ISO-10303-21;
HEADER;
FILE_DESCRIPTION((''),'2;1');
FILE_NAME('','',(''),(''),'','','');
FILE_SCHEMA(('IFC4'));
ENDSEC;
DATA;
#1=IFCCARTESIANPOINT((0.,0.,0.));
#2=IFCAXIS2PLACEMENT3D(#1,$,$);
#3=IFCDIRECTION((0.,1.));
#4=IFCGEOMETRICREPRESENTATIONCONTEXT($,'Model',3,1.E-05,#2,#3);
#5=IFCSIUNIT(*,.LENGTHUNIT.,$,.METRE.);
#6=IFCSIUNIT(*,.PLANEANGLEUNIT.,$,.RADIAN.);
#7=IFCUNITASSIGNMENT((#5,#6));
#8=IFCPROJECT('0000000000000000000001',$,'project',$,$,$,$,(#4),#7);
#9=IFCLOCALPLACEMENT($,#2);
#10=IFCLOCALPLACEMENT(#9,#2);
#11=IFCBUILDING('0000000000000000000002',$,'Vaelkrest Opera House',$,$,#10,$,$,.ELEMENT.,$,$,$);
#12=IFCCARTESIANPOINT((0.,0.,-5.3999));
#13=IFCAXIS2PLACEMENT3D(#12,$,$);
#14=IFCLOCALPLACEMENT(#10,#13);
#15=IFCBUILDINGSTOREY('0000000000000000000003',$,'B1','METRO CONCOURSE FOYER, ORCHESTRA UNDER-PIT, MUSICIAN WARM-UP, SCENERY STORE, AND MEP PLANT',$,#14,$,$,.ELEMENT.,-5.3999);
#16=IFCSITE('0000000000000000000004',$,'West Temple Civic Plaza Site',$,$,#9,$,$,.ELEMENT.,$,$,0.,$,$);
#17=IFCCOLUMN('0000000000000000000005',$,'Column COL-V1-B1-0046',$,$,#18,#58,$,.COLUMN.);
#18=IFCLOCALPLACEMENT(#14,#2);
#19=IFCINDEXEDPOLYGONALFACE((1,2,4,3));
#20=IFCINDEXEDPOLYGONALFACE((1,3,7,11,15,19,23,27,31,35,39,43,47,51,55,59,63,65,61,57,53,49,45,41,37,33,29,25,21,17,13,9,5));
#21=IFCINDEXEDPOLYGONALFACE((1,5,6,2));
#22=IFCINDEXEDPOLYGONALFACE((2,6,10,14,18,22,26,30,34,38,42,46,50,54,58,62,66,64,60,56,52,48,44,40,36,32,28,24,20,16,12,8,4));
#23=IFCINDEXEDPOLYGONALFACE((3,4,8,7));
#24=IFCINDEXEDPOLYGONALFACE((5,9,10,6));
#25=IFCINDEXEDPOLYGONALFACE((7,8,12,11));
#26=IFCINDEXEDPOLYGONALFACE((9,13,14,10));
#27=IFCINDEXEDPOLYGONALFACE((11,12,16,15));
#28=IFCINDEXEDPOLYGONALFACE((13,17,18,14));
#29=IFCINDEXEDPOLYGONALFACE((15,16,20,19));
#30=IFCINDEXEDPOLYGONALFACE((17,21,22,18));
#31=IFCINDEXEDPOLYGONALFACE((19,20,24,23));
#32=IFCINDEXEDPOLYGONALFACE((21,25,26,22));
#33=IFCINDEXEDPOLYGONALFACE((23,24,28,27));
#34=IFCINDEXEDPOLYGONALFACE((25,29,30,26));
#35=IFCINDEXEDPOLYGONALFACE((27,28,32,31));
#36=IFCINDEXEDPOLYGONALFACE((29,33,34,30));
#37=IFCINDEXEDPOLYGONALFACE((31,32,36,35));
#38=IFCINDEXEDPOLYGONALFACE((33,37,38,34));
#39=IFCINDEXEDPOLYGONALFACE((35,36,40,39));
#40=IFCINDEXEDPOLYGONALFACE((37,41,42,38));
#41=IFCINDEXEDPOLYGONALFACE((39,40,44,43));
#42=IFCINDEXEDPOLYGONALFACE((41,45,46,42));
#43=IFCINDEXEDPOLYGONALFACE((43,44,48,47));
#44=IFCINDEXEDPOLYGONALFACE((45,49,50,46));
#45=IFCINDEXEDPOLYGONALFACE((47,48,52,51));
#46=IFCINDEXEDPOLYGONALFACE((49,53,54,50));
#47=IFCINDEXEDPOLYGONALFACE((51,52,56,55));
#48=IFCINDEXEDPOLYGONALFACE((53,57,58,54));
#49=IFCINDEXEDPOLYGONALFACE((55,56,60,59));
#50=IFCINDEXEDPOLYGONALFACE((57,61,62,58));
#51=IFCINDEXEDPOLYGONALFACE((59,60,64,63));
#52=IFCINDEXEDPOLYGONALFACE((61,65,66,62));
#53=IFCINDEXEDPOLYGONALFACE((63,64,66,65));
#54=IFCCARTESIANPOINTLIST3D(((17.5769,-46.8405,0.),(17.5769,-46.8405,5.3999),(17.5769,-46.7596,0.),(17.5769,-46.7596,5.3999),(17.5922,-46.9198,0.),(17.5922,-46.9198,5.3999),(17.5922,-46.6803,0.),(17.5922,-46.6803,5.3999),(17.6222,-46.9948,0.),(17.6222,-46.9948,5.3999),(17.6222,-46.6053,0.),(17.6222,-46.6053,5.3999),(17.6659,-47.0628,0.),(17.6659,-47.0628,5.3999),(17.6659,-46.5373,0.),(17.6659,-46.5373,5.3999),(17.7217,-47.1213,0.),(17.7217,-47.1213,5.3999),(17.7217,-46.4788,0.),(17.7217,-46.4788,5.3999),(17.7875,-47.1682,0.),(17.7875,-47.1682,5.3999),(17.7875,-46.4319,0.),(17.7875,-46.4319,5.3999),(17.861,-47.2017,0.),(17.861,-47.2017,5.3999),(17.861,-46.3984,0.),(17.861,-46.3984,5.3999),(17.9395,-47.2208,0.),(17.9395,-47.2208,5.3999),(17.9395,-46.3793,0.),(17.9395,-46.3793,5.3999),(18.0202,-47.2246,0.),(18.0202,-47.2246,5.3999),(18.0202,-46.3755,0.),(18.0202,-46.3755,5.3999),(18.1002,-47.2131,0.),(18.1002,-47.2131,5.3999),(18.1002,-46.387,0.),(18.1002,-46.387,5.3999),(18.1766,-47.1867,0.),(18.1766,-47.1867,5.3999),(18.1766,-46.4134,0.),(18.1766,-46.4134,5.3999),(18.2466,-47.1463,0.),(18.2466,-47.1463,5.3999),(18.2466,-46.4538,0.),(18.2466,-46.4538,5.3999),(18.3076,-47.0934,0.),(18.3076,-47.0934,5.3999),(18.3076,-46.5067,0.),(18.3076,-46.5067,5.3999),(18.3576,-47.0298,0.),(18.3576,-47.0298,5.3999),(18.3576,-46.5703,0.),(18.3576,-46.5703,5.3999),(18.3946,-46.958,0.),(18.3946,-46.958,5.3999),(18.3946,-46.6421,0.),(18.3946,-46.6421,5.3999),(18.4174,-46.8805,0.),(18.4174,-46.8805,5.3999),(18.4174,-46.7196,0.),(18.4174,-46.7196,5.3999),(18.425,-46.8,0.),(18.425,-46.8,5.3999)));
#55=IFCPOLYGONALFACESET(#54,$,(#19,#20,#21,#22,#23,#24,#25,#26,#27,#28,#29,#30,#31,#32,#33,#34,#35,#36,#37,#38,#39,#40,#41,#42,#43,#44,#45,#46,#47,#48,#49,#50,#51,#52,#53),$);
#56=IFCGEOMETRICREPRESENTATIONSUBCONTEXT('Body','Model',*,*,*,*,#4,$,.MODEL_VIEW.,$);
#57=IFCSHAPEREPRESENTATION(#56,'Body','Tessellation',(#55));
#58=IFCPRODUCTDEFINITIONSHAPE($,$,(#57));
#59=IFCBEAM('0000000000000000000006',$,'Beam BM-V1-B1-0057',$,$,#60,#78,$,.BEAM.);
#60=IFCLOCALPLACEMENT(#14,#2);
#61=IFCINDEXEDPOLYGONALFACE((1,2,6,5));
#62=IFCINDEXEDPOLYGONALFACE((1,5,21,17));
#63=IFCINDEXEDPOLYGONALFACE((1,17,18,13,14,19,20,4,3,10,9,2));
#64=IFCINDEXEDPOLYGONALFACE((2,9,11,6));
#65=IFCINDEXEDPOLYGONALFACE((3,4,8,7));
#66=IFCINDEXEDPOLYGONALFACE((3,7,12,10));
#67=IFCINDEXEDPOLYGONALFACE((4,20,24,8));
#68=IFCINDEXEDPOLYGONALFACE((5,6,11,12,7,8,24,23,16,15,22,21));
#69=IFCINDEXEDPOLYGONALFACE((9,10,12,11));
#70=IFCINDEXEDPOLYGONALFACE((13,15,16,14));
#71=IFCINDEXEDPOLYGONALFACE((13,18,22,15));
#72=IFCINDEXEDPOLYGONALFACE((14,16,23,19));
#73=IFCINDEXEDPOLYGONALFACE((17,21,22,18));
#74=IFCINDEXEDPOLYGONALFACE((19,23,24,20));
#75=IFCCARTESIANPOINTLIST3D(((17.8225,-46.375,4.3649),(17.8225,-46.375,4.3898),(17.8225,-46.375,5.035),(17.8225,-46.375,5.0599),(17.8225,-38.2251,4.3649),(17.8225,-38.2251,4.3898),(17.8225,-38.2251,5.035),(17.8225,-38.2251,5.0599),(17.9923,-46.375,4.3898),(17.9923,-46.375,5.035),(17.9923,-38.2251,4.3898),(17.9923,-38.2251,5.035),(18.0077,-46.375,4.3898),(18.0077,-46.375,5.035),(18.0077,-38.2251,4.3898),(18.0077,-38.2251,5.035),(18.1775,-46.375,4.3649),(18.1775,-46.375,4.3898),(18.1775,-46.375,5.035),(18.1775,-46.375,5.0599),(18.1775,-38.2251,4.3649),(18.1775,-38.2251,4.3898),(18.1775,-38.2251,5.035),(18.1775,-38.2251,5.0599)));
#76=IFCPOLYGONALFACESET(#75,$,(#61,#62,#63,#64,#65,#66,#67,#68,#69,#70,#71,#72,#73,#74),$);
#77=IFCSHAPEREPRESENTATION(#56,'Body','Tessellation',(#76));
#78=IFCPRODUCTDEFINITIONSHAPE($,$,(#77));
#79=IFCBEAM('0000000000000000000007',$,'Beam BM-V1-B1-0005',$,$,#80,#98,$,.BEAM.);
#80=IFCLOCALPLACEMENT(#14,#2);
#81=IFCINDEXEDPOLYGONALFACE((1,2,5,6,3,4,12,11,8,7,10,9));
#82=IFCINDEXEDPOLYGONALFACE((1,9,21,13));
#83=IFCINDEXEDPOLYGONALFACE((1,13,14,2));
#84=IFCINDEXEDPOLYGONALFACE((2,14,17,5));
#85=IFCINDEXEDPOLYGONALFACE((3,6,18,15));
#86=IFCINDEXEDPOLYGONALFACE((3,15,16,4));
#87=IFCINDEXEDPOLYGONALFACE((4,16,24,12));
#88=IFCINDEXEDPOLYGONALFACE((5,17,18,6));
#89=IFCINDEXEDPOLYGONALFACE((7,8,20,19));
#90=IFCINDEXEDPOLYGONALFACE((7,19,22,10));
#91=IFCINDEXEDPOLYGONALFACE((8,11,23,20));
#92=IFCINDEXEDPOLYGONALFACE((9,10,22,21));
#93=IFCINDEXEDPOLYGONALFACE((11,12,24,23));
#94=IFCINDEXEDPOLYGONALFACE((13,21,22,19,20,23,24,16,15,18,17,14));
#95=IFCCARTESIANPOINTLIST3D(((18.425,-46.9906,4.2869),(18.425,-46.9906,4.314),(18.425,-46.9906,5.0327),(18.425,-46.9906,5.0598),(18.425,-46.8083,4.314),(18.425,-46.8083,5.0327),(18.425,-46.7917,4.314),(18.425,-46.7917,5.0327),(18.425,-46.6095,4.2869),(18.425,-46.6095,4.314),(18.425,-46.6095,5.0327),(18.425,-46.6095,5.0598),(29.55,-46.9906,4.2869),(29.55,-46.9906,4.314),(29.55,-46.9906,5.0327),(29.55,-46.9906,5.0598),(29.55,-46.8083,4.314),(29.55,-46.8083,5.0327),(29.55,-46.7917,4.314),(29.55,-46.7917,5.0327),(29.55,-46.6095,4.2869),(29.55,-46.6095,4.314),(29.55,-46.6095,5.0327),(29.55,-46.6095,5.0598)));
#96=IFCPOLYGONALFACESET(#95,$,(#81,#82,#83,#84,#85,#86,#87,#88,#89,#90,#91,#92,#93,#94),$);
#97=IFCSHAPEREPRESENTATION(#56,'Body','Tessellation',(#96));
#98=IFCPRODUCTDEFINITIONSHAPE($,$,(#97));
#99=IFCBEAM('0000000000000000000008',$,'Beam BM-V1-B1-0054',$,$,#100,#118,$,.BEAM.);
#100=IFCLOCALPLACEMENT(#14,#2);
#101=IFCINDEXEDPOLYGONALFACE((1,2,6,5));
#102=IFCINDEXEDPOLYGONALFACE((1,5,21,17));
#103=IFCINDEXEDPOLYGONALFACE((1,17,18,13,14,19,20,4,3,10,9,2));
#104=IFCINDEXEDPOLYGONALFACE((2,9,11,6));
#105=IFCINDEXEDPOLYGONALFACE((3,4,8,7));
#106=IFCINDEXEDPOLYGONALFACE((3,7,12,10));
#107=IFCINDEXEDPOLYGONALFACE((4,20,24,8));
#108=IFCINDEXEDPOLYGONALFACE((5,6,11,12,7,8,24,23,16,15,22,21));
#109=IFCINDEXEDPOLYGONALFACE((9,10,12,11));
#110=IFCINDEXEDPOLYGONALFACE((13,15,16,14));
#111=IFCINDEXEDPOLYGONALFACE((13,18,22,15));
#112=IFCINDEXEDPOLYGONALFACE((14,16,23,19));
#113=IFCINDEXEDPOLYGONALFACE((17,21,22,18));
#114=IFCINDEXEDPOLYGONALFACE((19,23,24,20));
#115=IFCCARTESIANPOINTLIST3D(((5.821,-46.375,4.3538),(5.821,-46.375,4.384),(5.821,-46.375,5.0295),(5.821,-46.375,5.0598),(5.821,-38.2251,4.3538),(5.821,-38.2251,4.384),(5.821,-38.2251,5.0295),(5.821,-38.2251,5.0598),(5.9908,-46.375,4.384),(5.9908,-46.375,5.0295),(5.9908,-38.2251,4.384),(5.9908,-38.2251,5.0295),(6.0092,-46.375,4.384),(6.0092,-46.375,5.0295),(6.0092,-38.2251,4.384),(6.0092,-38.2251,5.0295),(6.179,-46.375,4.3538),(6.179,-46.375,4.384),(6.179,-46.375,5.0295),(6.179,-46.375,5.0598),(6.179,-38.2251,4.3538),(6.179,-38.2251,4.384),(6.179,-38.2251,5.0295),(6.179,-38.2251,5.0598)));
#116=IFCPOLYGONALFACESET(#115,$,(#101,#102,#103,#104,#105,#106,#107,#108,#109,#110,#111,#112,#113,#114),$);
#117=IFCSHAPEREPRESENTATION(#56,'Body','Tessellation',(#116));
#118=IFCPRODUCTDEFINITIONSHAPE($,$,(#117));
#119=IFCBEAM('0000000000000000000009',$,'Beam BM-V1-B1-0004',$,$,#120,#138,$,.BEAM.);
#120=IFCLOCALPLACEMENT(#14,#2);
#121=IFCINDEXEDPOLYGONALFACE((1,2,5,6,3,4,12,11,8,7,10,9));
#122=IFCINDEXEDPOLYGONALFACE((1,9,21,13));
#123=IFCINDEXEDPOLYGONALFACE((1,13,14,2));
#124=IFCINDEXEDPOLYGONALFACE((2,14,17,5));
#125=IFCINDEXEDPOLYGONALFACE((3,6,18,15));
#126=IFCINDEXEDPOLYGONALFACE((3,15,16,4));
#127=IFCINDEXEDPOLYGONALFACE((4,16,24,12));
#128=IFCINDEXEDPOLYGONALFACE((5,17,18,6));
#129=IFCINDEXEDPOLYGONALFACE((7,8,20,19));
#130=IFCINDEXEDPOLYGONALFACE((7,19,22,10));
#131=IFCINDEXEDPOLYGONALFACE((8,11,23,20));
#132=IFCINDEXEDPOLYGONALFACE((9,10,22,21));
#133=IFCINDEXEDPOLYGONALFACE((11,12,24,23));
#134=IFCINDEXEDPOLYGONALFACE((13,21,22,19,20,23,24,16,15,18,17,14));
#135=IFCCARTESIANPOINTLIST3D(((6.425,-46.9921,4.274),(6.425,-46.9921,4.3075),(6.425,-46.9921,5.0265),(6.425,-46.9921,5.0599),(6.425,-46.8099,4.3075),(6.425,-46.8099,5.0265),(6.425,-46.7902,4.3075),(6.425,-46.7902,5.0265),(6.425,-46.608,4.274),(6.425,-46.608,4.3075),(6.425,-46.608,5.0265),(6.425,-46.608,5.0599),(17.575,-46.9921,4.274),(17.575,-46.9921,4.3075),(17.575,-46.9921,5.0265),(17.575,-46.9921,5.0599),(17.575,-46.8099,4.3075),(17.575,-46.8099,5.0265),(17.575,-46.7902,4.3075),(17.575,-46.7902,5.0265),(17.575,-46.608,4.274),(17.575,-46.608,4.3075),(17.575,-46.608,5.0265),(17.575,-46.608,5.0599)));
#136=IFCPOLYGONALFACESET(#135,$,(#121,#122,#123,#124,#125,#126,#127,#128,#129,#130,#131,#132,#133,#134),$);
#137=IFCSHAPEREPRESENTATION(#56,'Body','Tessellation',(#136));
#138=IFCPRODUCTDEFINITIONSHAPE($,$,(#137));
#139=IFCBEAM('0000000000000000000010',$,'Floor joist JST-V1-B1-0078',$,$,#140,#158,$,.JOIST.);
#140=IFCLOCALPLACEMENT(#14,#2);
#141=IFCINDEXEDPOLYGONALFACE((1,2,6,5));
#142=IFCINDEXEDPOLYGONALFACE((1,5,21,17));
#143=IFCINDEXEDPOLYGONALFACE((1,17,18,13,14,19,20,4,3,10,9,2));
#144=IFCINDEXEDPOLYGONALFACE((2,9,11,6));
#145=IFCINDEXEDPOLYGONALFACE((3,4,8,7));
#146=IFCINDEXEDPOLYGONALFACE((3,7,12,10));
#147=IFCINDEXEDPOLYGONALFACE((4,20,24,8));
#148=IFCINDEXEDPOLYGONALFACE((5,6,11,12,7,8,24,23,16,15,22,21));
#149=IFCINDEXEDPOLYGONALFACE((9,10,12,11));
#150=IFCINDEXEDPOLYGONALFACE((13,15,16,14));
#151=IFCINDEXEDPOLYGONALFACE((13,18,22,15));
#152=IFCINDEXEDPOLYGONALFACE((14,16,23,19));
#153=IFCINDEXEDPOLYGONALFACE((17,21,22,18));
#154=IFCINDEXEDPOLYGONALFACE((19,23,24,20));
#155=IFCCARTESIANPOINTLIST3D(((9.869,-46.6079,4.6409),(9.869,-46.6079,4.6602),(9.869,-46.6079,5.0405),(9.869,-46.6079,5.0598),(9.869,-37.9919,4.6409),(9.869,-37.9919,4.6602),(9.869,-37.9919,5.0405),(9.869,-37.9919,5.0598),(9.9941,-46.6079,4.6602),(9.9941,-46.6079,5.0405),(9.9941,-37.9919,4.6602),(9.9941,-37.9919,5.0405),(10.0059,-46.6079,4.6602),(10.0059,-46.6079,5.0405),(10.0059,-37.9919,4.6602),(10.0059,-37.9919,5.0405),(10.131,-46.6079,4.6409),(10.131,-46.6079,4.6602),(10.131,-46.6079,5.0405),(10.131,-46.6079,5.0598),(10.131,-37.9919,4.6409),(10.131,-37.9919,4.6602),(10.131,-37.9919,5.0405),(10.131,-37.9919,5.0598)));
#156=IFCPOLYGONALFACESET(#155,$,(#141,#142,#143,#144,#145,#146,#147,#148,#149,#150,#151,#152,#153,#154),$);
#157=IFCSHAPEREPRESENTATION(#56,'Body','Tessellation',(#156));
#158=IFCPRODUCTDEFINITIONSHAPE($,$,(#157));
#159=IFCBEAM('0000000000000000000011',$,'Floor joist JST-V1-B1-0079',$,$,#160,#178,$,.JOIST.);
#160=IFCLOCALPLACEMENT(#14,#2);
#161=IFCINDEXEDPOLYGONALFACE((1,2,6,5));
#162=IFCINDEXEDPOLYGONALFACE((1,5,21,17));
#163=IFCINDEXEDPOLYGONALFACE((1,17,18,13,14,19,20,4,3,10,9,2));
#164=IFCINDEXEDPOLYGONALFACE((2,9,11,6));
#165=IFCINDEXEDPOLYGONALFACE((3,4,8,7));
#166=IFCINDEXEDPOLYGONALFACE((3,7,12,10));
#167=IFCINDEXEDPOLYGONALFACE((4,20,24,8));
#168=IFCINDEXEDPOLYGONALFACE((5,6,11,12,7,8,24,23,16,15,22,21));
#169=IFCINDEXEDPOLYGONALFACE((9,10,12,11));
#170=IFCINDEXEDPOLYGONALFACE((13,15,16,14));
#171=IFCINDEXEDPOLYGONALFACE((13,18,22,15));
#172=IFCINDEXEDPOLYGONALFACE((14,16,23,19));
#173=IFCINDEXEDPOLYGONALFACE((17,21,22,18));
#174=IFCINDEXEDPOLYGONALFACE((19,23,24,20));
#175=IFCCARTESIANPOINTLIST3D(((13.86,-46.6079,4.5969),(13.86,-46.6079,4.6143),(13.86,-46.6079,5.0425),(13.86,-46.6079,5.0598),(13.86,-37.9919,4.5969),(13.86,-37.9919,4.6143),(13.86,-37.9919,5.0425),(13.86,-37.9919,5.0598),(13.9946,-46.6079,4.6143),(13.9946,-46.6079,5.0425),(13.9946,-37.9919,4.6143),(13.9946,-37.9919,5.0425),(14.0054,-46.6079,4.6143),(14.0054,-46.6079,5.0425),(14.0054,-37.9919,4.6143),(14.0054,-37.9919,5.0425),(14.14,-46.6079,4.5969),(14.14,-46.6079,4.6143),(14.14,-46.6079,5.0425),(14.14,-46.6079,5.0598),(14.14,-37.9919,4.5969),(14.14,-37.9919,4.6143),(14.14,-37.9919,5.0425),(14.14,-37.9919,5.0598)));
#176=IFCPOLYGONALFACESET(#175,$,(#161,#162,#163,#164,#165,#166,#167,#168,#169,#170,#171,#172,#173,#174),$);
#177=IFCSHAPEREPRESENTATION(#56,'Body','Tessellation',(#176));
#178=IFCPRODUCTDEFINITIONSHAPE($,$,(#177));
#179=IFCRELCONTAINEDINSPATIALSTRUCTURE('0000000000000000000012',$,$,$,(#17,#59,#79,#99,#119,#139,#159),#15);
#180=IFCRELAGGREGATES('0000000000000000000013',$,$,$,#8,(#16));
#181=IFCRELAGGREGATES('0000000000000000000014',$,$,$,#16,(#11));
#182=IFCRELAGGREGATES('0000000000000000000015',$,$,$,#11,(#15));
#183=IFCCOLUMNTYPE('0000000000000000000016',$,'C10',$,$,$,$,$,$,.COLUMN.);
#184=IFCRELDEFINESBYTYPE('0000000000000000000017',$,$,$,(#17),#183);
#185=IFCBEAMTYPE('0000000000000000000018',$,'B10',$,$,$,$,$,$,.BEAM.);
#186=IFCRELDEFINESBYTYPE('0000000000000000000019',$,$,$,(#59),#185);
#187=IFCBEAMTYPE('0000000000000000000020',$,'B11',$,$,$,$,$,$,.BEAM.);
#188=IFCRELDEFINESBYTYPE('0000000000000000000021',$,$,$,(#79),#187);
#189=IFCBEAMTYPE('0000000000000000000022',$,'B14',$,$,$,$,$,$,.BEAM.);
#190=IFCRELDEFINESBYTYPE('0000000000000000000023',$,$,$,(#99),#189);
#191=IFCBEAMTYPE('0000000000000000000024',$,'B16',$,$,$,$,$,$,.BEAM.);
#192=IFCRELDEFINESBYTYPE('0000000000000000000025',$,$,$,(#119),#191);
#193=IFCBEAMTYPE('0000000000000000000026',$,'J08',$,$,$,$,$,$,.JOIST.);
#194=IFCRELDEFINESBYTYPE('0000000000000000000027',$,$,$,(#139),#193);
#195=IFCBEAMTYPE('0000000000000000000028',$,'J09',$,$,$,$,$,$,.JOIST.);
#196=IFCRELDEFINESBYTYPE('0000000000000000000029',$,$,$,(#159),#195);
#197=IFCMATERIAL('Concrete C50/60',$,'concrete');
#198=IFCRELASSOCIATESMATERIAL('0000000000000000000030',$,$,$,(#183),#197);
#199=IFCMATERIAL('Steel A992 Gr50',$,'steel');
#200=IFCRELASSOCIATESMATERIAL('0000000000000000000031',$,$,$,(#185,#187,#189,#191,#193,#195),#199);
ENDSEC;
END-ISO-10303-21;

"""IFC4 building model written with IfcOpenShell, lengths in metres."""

from ifc_helpers import new_model, si_unit, direction, frame, origin, origin_2d, place, context, subcontext, project, spatial, circle, i_section, extrude, material, material_profile, profile_set, type_object, element, save


model = new_model("IFC4")

# Units and contexts
model_context = context("Model", 3, precision=1e-05, world=origin(), true_north=direction((0.0, 1.0)))
body_context = subcontext(model_context, "Body", "Model", "MODEL_VIEW")
ifc_project = project(units=[si_unit("LENGTHUNIT", "METRE"), si_unit("PLANEANGLEUNIT", "RADIAN")], contexts=[model_context])

# Site, building, storey
site_placement = place(None, origin())
site = spatial("IfcSite", under=ifc_project, at=site_placement, Name="West Temple Civic Plaza Site", CompositionType="ELEMENT", RefElevation=0.0)
building_placement = place(site_placement, origin())
building = spatial("IfcBuilding", under=site, at=building_placement, Name="Vaelkrest Opera House", CompositionType="ELEMENT")
storey_placement = place(building_placement, frame((0.0, 0.0, -5.3999)))
storey = spatial("IfcBuildingStorey", under=building, at=storey_placement, Name="B1", Description="METRO CONCOURSE FOYER, ORCHESTRA UNDER-PIT, MUSICIAN WARM-UP, SCENERY STORE, AND MEP PLANT", CompositionType="ELEMENT", Elevation=-5.3999)

# Column
ifc_material_1 = material(Name="Concrete C50/60", Category="concrete")
ifc_material_profile_1 = material_profile(ifc_material_1, circle(Radius=0.425, at=origin_2d()), Name="RCD850")
ifc_profile_set_1 = profile_set([ifc_material_profile_1], Name="Concrete C50/60")
column_type = type_object("IfcColumnType", Name="C10", PredefinedType="COLUMN", material=ifc_profile_set_1)
column_placement = place(storey_placement, frame((18.0, -46.8, 0.0), z_axis=(0.0, 0.0, 1.0), x_axis=(1.0, 0.0, 0.0)))
element("IfcColumn", 1, at=column_placement, inside=storey, type_object=column_type, Name="Column COL-V1-B1-0046", PredefinedType="COLUMN", context=body_context, shape_type="SweptSolid", body=[
    extrude(circle(Radius=0.425, at=origin_2d()), origin(), (0.0, 0.0, 1.0), 5.3999),
])

# Beams
ifc_material_2 = material(Name="Steel A992 Gr50", Category="steel")
ifc_material_profile_2 = material_profile(ifc_material_2, i_section(OverallWidth=0.355, OverallDepth=0.6951, WebThickness=0.0154, FlangeThickness=0.0249, at=origin_2d()), Name="W27X146")
ifc_profile_set_2 = profile_set([ifc_material_profile_2], Name="Steel A992 Gr50")
beam_type_1 = type_object("IfcBeamType", Name="B10", PredefinedType="BEAM", material=ifc_profile_set_2)
beam_1_placement = place(storey_placement, frame((18.0, -46.375, 4.7124), z_axis=(0.0, 1.0, 0.0), x_axis=(-1.0, 0.0, 0.0)))
element("IfcBeam", 2, at=beam_1_placement, inside=storey, type_object=beam_type_1, Name="Beam BM-V1-B1-0057", PredefinedType="BEAM", context=body_context, shape_type="SweptSolid", body=[
    extrude(i_section(OverallWidth=0.355, OverallDepth=0.6951, WebThickness=0.0154, FlangeThickness=0.0249, at=origin_2d()), origin(), (0.0, 0.0, 1.0), 8.1499),
])
ifc_material_profile_3 = material_profile(ifc_material_2, i_section(OverallWidth=0.3811, OverallDepth=0.7729, WebThickness=0.0166, FlangeThickness=0.0271, at=origin_2d()), Name="W30X173")
ifc_profile_set_3 = profile_set([ifc_material_profile_3], Name="Steel A992 Gr50")
beam_type_2 = type_object("IfcBeamType", Name="B11", PredefinedType="BEAM", material=ifc_profile_set_3)
beam_2_placement = place(storey_placement, frame((18.425, -46.8, 4.6733), z_axis=(1.0, 0.0, 0.0), x_axis=(0.0, 1.0, 0.0)))
element("IfcBeam", 3, at=beam_2_placement, inside=storey, type_object=beam_type_2, Name="Beam BM-V1-B1-0005", PredefinedType="BEAM", context=body_context, shape_type="SweptSolid", body=[
    extrude(i_section(OverallWidth=0.3811, OverallDepth=0.7729, WebThickness=0.0166, FlangeThickness=0.0271, at=origin_2d()), origin(), (0.0, 0.0, 1.0), 11.125),
])
ifc_material_profile_4 = material_profile(ifc_material_2, i_section(OverallWidth=0.3579, OverallDepth=0.7061, WebThickness=0.0183, FlangeThickness=0.0303, at=origin_2d()), Name="W27X178")
ifc_profile_set_4 = profile_set([ifc_material_profile_4], Name="Steel A992 Gr50")
beam_type_3 = type_object("IfcBeamType", Name="B14", PredefinedType="BEAM", material=ifc_profile_set_4)
beam_3_placement = place(storey_placement, frame((6.0, -46.375, 4.7068), z_axis=(0.0, 1.0, 0.0), x_axis=(-1.0, 0.0, 0.0)))
element("IfcBeam", 4, at=beam_3_placement, inside=storey, type_object=beam_type_3, Name="Beam BM-V1-B1-0054", PredefinedType="BEAM", context=body_context, shape_type="SweptSolid", body=[
    extrude(i_section(OverallWidth=0.3579, OverallDepth=0.7061, WebThickness=0.0183, FlangeThickness=0.0303, at=origin_2d()), origin(), (0.0, 0.0, 1.0), 8.1499),
])
ifc_material_profile_5 = material_profile(ifc_material_2, i_section(OverallWidth=0.384, OverallDepth=0.7859, WebThickness=0.0198, FlangeThickness=0.0334, at=origin_2d()), Name="W30X211")
ifc_profile_set_5 = profile_set([ifc_material_profile_5], Name="Steel A992 Gr50")
beam_type_4 = type_object("IfcBeamType", Name="B16", PredefinedType="BEAM", material=ifc_profile_set_5)
beam_4_placement = place(storey_placement, frame((6.425, -46.8, 4.667), z_axis=(1.0, 0.0, 0.0), x_axis=(0.0, 1.0, 0.0)))
element("IfcBeam", 5, at=beam_4_placement, inside=storey, type_object=beam_type_4, Name="Beam BM-V1-B1-0004", PredefinedType="BEAM", context=body_context, shape_type="SweptSolid", body=[
    extrude(i_section(OverallWidth=0.384, OverallDepth=0.7859, WebThickness=0.0198, FlangeThickness=0.0334, at=origin_2d()), origin(), (0.0, 0.0, 1.0), 11.1499),
])
ifc_material_profile_6 = material_profile(ifc_material_2, i_section(OverallWidth=0.262, OverallDepth=0.4189, WebThickness=0.0117, FlangeThickness=0.0193, at=origin_2d()), Name="W16X77")
ifc_profile_set_6 = profile_set([ifc_material_profile_6], Name="Steel A992 Gr50")
beam_type_5 = type_object("IfcBeamType", Name="J08", PredefinedType="JOIST", material=ifc_profile_set_6)
beam_5_placement = place(storey_placement, frame((10.0, -46.6079, 4.8503), z_axis=(0.0, 1.0, 0.0), x_axis=(-1.0, 0.0, 0.0)))
element("IfcBeam", 6, at=beam_5_placement, inside=storey, type_object=beam_type_5, Name="Floor joist JST-V1-B1-0078", PredefinedType="JOIST", context=body_context, shape_type="SweptSolid", body=[
    extrude(i_section(OverallWidth=0.262, OverallDepth=0.4189, WebThickness=0.0117, FlangeThickness=0.0193, at=origin_2d()), origin(), (0.0, 0.0, 1.0), 8.616),
])
ifc_material_profile_7 = material_profile(ifc_material_2, i_section(OverallWidth=0.28, OverallDepth=0.4629, WebThickness=0.0107, FlangeThickness=0.0173, at=origin_2d()), Name="W18X76")
ifc_profile_set_7 = profile_set([ifc_material_profile_7], Name="Steel A992 Gr50")
beam_type_6 = type_object("IfcBeamType", Name="J09", PredefinedType="JOIST", material=ifc_profile_set_7)
beam_6_placement = place(storey_placement, frame((14.0, -46.6079, 4.8284), z_axis=(0.0, 1.0, 0.0), x_axis=(-1.0, 0.0, 0.0)))
element("IfcBeam", 7, at=beam_6_placement, inside=storey, type_object=beam_type_6, Name="Floor joist JST-V1-B1-0079", PredefinedType="JOIST", context=body_context, shape_type="SweptSolid", body=[
    extrude(i_section(OverallWidth=0.28, OverallDepth=0.4629, WebThickness=0.0107, FlangeThickness=0.0173, at=origin_2d()), origin(), (0.0, 0.0, 1.0), 8.616),
])

save(model, "model.ifc")
